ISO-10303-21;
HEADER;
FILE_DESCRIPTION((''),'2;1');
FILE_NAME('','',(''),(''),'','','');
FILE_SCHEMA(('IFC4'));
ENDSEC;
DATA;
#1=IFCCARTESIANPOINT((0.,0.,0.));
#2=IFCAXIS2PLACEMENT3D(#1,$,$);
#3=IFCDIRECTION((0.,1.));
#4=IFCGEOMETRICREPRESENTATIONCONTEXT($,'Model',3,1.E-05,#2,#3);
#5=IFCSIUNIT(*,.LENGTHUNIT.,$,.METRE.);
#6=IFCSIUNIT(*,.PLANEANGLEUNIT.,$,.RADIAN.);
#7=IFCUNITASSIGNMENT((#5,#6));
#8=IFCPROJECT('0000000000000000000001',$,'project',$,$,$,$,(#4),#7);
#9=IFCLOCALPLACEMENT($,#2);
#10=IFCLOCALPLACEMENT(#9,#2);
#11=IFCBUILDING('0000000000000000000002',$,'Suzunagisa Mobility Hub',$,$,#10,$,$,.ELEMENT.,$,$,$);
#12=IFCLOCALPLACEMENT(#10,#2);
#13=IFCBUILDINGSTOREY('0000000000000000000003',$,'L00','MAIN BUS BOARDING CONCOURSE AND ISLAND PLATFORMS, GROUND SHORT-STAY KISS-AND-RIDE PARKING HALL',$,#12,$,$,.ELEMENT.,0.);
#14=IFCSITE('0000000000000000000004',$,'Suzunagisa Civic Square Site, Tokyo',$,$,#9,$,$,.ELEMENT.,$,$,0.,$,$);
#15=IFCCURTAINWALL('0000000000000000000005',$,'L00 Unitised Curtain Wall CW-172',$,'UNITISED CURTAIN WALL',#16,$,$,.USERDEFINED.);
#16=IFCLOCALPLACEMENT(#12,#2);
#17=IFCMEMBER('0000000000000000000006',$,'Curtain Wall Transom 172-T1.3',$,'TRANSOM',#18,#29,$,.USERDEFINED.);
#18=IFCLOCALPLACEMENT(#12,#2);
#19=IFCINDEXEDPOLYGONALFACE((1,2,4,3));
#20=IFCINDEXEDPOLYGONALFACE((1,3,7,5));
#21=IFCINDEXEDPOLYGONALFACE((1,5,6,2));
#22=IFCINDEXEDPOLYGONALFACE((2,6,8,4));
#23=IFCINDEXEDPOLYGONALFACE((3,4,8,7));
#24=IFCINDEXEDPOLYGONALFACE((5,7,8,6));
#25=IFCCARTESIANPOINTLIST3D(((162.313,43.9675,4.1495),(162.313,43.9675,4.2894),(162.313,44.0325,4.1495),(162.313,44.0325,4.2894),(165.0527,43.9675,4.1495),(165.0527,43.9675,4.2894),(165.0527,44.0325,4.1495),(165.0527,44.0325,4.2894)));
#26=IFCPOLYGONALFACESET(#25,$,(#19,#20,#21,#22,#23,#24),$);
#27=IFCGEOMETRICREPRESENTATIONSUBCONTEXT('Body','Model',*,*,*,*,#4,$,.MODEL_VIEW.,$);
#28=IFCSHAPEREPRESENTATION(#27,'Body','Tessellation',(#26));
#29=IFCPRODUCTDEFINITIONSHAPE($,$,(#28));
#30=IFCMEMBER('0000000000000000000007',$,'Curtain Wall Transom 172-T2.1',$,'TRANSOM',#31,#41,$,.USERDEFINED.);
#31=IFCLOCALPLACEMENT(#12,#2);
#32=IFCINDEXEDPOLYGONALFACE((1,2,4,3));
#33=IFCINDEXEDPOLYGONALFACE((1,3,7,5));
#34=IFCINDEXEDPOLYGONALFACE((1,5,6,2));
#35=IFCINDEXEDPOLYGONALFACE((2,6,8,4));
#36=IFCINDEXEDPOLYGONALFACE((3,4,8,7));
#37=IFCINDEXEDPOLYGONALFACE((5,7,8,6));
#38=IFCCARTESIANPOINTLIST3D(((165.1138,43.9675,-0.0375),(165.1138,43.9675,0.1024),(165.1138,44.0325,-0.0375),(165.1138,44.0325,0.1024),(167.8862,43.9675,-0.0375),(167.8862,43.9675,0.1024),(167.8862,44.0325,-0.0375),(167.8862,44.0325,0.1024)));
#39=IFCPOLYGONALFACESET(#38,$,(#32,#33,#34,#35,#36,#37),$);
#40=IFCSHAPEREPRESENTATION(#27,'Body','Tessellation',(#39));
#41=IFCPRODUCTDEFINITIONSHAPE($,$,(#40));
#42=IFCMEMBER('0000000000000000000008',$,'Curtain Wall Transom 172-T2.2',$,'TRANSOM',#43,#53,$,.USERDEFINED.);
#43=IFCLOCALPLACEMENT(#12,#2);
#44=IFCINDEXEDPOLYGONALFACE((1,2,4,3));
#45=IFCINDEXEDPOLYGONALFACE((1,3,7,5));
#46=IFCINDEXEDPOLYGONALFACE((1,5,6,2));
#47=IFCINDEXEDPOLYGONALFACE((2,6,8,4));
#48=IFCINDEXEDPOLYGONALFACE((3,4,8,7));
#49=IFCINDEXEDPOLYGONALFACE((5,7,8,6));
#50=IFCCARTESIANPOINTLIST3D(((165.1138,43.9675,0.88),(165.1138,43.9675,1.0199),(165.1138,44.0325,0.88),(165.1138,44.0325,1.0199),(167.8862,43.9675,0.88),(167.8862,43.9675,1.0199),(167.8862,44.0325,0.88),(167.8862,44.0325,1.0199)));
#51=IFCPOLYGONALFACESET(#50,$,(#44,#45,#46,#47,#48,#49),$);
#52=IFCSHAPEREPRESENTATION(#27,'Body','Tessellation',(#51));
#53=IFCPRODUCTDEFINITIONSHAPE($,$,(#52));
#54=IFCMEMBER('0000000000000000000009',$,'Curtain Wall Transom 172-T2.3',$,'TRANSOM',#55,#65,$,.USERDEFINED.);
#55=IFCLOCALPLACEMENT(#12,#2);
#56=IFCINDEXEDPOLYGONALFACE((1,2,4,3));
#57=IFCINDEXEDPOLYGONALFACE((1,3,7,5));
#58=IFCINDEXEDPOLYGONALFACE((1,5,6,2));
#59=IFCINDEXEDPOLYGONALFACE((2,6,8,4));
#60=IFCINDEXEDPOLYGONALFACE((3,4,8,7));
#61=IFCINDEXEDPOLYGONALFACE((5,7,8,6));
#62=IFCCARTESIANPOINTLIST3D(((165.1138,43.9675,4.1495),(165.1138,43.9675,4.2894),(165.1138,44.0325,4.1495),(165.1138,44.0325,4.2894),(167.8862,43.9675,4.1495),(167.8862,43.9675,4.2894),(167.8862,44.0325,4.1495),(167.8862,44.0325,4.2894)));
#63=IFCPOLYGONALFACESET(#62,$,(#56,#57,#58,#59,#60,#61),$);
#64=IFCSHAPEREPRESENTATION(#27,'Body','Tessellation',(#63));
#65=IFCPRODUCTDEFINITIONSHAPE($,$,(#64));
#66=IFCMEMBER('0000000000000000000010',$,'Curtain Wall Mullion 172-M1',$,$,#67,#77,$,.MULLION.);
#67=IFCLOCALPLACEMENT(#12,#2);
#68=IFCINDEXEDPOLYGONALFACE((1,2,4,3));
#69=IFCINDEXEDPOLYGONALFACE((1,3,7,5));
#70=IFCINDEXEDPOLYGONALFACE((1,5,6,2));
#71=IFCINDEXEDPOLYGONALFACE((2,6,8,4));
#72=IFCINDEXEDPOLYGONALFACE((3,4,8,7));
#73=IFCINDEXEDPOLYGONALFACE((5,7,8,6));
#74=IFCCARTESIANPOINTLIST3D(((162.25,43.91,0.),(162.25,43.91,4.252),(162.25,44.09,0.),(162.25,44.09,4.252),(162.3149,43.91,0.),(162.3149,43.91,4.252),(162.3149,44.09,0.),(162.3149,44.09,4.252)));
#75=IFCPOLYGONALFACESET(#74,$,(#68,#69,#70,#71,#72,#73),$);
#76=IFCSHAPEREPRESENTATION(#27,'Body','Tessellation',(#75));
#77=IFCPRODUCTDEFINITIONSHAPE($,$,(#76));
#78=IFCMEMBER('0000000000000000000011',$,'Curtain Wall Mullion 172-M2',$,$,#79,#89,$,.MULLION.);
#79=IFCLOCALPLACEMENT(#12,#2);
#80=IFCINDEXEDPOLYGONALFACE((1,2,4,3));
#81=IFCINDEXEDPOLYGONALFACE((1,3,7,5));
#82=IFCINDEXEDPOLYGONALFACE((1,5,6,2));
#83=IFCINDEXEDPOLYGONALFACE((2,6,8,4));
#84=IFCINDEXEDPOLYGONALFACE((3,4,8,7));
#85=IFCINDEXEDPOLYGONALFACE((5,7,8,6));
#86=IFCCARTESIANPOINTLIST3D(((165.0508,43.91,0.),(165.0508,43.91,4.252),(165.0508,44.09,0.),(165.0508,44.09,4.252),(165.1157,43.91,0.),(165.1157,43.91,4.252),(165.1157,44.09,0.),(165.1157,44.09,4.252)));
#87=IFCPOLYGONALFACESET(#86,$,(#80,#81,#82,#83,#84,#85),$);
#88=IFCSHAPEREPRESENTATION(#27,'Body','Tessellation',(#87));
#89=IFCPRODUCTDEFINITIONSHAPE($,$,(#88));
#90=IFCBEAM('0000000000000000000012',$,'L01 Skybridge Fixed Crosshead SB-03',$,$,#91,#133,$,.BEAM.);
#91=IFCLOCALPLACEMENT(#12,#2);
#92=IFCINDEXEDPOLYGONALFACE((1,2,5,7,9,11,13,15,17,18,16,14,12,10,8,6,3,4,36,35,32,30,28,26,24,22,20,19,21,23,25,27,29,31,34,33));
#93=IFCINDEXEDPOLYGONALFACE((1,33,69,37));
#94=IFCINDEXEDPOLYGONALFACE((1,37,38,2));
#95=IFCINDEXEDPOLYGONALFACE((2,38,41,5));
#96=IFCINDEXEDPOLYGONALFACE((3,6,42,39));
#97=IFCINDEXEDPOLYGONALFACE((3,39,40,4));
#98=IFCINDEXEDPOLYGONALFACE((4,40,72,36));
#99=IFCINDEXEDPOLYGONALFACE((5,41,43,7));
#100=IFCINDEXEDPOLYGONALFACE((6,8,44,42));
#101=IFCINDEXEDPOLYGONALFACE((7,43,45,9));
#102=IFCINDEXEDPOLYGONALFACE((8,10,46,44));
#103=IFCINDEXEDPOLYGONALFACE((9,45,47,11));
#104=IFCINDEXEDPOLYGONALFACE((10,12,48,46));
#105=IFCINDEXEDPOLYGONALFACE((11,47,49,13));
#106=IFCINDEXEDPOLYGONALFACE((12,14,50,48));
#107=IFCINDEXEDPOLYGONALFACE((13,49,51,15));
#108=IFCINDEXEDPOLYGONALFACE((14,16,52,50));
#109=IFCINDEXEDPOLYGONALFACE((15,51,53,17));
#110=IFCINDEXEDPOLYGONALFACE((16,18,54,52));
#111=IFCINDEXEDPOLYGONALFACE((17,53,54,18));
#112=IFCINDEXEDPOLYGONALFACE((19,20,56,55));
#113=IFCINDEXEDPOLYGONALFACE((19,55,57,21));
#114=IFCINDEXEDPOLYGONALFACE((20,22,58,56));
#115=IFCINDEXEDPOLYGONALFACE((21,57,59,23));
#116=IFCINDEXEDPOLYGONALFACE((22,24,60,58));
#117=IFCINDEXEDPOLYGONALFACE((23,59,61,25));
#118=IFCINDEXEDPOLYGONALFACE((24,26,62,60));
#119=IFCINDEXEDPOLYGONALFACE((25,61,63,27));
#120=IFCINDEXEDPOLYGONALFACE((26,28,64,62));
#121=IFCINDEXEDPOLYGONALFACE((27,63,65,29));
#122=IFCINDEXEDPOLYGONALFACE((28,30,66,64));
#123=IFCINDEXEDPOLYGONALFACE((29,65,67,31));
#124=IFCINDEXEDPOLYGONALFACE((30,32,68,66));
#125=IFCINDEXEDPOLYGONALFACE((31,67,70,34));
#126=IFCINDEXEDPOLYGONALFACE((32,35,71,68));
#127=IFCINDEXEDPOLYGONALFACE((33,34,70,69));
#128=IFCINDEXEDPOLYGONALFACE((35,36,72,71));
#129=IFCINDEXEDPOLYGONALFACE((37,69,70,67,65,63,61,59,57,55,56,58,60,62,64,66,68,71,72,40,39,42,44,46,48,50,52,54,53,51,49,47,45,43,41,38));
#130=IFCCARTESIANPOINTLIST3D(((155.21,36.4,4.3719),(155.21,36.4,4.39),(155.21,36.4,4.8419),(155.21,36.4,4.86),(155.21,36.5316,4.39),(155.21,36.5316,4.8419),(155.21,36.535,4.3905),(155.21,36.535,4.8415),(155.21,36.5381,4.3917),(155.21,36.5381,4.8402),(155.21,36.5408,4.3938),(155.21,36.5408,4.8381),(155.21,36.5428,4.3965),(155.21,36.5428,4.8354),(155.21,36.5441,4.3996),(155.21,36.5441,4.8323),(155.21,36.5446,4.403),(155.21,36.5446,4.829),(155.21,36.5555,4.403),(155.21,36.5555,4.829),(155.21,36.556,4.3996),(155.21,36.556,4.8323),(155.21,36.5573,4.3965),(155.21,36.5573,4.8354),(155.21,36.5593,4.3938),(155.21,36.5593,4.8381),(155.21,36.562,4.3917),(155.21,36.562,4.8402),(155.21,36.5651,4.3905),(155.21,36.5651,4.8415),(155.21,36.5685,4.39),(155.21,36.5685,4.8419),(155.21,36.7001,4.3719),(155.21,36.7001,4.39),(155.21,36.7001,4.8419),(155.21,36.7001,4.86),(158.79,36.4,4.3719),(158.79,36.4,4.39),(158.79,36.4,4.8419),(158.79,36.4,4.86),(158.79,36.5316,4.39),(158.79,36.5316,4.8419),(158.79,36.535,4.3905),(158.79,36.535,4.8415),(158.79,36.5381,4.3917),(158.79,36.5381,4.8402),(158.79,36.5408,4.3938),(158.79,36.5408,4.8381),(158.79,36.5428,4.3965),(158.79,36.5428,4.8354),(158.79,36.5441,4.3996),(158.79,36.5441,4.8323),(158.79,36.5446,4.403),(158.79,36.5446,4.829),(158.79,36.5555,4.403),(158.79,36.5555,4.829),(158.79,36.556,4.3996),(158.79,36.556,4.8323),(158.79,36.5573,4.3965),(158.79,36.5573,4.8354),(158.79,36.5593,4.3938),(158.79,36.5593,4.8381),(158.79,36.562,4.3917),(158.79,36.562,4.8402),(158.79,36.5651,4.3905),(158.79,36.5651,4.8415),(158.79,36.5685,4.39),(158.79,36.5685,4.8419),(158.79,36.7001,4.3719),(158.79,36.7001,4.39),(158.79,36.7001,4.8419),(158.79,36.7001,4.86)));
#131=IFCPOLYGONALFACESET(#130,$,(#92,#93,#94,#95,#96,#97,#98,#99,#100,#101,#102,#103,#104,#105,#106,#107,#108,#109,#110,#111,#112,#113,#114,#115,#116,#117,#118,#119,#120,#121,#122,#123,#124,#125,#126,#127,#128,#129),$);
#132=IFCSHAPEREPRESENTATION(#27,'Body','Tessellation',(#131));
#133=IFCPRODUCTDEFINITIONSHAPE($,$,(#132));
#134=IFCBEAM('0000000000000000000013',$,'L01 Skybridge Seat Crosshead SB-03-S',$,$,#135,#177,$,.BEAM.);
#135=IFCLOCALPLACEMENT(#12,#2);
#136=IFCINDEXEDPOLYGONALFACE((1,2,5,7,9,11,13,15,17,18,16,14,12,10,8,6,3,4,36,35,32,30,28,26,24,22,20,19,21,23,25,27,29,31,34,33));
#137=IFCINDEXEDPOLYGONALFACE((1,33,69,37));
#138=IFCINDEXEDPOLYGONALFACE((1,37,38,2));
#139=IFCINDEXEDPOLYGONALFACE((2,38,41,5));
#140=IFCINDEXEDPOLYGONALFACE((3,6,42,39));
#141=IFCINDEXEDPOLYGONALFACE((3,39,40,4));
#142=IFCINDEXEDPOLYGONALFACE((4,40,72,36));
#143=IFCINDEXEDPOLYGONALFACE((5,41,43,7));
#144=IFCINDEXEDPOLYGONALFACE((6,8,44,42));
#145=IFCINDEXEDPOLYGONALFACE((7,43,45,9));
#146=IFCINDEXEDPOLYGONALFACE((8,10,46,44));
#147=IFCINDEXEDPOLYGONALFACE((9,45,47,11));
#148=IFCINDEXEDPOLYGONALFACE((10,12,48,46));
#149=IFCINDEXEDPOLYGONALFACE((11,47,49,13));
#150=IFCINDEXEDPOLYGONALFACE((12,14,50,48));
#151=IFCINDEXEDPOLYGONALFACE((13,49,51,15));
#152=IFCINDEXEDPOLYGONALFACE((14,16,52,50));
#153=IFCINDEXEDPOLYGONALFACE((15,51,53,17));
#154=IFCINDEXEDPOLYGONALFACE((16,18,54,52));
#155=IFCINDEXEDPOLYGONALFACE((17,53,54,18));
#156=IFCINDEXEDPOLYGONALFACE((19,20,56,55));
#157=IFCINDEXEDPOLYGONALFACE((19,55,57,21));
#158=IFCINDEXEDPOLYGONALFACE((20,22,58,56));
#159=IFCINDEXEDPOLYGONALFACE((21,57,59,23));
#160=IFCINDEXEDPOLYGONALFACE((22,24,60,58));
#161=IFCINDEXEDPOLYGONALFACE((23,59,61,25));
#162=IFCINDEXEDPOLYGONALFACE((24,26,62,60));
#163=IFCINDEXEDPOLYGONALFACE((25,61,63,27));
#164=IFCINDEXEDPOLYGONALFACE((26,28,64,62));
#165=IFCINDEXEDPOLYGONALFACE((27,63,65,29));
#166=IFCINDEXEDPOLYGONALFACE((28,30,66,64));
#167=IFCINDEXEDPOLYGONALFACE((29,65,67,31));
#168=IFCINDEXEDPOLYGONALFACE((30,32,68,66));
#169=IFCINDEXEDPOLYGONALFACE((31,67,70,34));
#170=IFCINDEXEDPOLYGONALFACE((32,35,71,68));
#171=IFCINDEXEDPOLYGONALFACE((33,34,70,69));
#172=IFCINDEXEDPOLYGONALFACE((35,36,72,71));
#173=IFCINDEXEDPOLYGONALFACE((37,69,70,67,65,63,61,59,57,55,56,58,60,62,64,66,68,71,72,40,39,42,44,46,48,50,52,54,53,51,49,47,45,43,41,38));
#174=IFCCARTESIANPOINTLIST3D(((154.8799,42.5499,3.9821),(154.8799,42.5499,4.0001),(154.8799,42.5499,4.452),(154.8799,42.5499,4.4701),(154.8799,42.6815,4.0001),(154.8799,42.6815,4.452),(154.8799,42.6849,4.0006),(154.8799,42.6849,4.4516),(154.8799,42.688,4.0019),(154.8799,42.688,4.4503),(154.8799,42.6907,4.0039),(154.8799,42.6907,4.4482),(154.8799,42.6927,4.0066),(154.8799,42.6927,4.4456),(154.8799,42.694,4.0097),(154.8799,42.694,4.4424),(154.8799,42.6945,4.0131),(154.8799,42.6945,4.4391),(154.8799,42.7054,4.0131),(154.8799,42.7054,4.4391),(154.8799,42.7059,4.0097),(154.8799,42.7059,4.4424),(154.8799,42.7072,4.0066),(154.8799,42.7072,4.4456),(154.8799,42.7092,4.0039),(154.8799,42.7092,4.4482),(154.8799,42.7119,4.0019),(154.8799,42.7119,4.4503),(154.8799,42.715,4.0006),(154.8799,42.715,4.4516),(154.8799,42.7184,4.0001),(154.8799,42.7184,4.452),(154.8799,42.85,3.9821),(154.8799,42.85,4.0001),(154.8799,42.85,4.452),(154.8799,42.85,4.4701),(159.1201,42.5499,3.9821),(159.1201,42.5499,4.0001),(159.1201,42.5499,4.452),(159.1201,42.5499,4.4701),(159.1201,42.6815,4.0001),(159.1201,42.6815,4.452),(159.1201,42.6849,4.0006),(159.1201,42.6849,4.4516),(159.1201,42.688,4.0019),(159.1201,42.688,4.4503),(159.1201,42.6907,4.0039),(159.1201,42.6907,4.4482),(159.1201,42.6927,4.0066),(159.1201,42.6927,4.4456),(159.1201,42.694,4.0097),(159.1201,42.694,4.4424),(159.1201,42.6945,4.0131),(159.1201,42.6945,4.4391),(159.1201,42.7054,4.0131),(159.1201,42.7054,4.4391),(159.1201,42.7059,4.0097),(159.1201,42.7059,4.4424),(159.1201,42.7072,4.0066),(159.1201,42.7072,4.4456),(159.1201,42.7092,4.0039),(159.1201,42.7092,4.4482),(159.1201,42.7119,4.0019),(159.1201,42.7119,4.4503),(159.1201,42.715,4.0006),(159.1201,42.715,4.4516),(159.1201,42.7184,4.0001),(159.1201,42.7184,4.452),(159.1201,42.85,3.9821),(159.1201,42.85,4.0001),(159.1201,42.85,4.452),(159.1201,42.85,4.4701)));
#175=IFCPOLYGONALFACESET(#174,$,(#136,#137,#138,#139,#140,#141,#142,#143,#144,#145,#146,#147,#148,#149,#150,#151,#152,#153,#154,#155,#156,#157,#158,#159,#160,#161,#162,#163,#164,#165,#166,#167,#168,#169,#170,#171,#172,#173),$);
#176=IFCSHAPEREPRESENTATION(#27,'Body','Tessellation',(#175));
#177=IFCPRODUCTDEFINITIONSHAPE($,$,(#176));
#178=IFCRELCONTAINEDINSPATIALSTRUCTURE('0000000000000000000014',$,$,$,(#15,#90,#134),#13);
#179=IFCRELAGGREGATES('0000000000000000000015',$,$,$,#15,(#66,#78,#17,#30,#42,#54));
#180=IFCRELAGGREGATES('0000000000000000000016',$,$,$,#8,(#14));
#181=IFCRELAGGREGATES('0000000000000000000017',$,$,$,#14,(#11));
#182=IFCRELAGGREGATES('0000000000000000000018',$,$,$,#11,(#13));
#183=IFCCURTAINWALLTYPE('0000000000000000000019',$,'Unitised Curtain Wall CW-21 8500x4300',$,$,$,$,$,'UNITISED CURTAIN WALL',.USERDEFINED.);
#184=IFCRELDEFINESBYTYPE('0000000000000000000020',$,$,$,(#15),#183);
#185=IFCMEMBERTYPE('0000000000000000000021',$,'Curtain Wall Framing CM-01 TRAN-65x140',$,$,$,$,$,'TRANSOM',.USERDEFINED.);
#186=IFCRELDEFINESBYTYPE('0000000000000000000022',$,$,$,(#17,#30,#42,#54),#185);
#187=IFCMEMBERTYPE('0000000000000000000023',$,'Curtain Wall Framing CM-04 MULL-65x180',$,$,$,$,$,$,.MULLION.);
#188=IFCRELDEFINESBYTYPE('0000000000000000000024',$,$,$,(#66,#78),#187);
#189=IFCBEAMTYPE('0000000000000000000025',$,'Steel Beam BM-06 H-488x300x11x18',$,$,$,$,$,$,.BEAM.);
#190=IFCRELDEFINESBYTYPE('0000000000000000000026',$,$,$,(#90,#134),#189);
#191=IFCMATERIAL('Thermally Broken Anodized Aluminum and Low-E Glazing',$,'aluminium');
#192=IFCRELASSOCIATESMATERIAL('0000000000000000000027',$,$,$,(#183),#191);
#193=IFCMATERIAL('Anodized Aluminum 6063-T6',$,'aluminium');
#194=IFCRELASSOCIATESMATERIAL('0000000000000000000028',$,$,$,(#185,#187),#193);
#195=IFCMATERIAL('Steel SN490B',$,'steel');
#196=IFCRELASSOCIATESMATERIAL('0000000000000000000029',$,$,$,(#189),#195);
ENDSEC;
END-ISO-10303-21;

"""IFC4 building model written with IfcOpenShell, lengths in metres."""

from ifc_helpers import new_model, si_unit, direction, frame, origin, origin_2d, place, context, subcontext, project, spatial, rectangle, i_section, extrude, material, material_profile, profile_set, type_object, element, aggregate, save


model = new_model("IFC4")

# Units and contexts
model_context = context("Model", 3, precision=1e-05, world=origin(), true_north=direction((0.0, 1.0)))
body_context = subcontext(model_context, "Body", "Model", "MODEL_VIEW")
ifc_project = project(units=[si_unit("LENGTHUNIT", "METRE"), si_unit("PLANEANGLEUNIT", "RADIAN")], contexts=[model_context])

# Site, building, storey
site_placement = place(None, origin())
site = spatial("IfcSite", under=ifc_project, at=site_placement, Name="Suzunagisa Civic Square Site, Tokyo", CompositionType="ELEMENT", RefElevation=0.0)
building_placement = place(site_placement, origin())
building = spatial("IfcBuilding", under=site, at=building_placement, Name="Suzunagisa Mobility Hub", CompositionType="ELEMENT")
storey_placement = place(building_placement, origin())
storey = spatial("IfcBuildingStorey", under=building, at=storey_placement, Name="L00", Description="MAIN BUS BOARDING CONCOURSE AND ISLAND PLATFORMS, GROUND SHORT-STAY KISS-AND-RIDE PARKING HALL", CompositionType="ELEMENT", Elevation=0.0)

# Shared definitions
ifc_material_1 = material(Name="Steel SN490B", Category="steel")

# Curtain wall, members
ifc_material_2 = material(Name="Thermally Broken Anodized Aluminum and Low-E Glazing", Category="aluminium")
curtain_wall_type = type_object("IfcCurtainWallType", Name="Unitised Curtain Wall CW-21 8500x4300", ElementType="UNITISED CURTAIN WALL", PredefinedType="USERDEFINED", material=ifc_material_2)
curtain_wall_placement = place(storey_placement, origin())
curtain_wall = element("IfcCurtainWall", 1, at=curtain_wall_placement, inside=storey, type_object=curtain_wall_type, Name="L00 Unitised Curtain Wall CW-172", ObjectType="UNITISED CURTAIN WALL", PredefinedType="USERDEFINED")
ifc_material_3 = material(Name="Anodized Aluminum 6063-T6", Category="aluminium")
ifc_material_profile_1 = material_profile(ifc_material_3, rectangle(XDim=0.0649, YDim=0.1399, at=origin_2d()), Name="TRAN-65x140")
ifc_profile_set_1 = profile_set([ifc_material_profile_1], Name="Anodized Aluminum 6063-T6")
member_type_1 = type_object("IfcMemberType", Name="Curtain Wall Framing CM-01 TRAN-65x140", ElementType="TRANSOM", PredefinedType="USERDEFINED", material=ifc_profile_set_1)
member_1_placement = place(storey_placement, frame((162.313, 44.0, 4.2195), z_axis=(1.0, 0.0, 0.0), x_axis=(0.0, 1.0, 0.0)))
member_1 = element("IfcMember", 2, at=member_1_placement, type_object=member_type_1, Name="Curtain Wall Transom 172-T1.3", ObjectType="TRANSOM", PredefinedType="USERDEFINED", context=body_context, shape_type="SweptSolid", body=[
    extrude(rectangle(XDim=0.0649, YDim=0.1399, at=origin_2d()), origin(), (0.0, 0.0, 1.0), 2.7397),
])
member_2_placement = place(storey_placement, frame((165.1138, 44.0, 0.0325), z_axis=(1.0, 0.0, 0.0), x_axis=(0.0, 1.0, 0.0)))
member_2 = element("IfcMember", 3, at=member_2_placement, type_object=member_type_1, Name="Curtain Wall Transom 172-T2.1", ObjectType="TRANSOM", PredefinedType="USERDEFINED", context=body_context, shape_type="SweptSolid", body=[
    extrude(rectangle(XDim=0.0649, YDim=0.1399, at=origin_2d()), origin(), (0.0, 0.0, 1.0), 2.7725),
])
member_3_placement = place(storey_placement, frame((165.1138, 44.0, 0.95), z_axis=(1.0, 0.0, 0.0), x_axis=(0.0, 1.0, 0.0)))
member_3 = element("IfcMember", 4, at=member_3_placement, type_object=member_type_1, Name="Curtain Wall Transom 172-T2.2", ObjectType="TRANSOM", PredefinedType="USERDEFINED", context=body_context, shape_type="SweptSolid", body=[
    extrude(rectangle(XDim=0.0649, YDim=0.1399, at=origin_2d()), origin(), (0.0, 0.0, 1.0), 2.7725),
])
member_4_placement = place(storey_placement, frame((165.1138, 44.0, 4.2195), z_axis=(1.0, 0.0, 0.0), x_axis=(0.0, 1.0, 0.0)))
member_4 = element("IfcMember", 5, at=member_4_placement, type_object=member_type_1, Name="Curtain Wall Transom 172-T2.3", ObjectType="TRANSOM", PredefinedType="USERDEFINED", context=body_context, shape_type="SweptSolid", body=[
    extrude(rectangle(XDim=0.0649, YDim=0.1399, at=origin_2d()), origin(), (0.0, 0.0, 1.0), 2.7725),
])
ifc_material_profile_2 = material_profile(ifc_material_3, rectangle(XDim=0.0649, YDim=0.1799, at=origin_2d()), Name="MULL-65x180")
ifc_profile_set_2 = profile_set([ifc_material_profile_2], Name="Anodized Aluminum 6063-T6")
member_type_2 = type_object("IfcMemberType", Name="Curtain Wall Framing CM-04 MULL-65x180", PredefinedType="MULLION", material=ifc_profile_set_2)
member_5_placement = place(storey_placement, frame((162.2825, 44.0, 0.0), z_axis=(0.0, 0.0, 1.0), x_axis=(1.0, 0.0, 0.0)))
member_5 = element("IfcMember", 6, at=member_5_placement, type_object=member_type_2, Name="Curtain Wall Mullion 172-M1", PredefinedType="MULLION", context=body_context, shape_type="SweptSolid", body=[
    extrude(rectangle(XDim=0.0649, YDim=0.1799, at=origin_2d()), origin(), (0.0, 0.0, 1.0), 4.252),
])
member_6_placement = place(storey_placement, frame((165.0833, 44.0, 0.0), z_axis=(0.0, 0.0, 1.0), x_axis=(1.0, 0.0, 0.0)))
member_6 = element("IfcMember", 7, at=member_6_placement, type_object=member_type_2, Name="Curtain Wall Mullion 172-M2", PredefinedType="MULLION", context=body_context, shape_type="SweptSolid", body=[
    extrude(rectangle(XDim=0.0649, YDim=0.1799, at=origin_2d()), origin(), (0.0, 0.0, 1.0), 4.252),
])

# Beams
ifc_material_profile_3 = material_profile(ifc_material_1, i_section(OverallWidth=0.3, OverallDepth=0.488, WebThickness=0.011, FlangeThickness=0.0181, FilletRadius=0.0129, at=origin_2d()), Name="H-488x300x11x18")
ifc_profile_set_3 = profile_set([ifc_material_profile_3], Name="Steel SN490B")
beam_type_1 = type_object("IfcBeamType", Name="Steel Beam BM-06 H-488x300x11x18", PredefinedType="BEAM", material=ifc_profile_set_3)
beam_1_placement = place(storey_placement, frame((155.21, 36.55, 4.616), z_axis=(1.0, 0.0, 0.0), x_axis=(0.0, 1.0, 0.0)))
element("IfcBeam", 8, at=beam_1_placement, inside=storey, type_object=beam_type_1, Name="L01 Skybridge Fixed Crosshead SB-03", PredefinedType="BEAM", context=body_context, shape_type="SweptSolid", body=[
    extrude(i_section(OverallWidth=0.3, OverallDepth=0.488, WebThickness=0.011, FlangeThickness=0.0181, FilletRadius=0.0129, at=origin_2d()), origin(), (0.0, 0.0, 1.0), 3.5801),
])
for number, where, z_axis, x_axis, name in (
    (9, (154.8799, 42.7, 4.2261), (1.0, 0.0, 0.0), (0.0, 1.0, 0.0), "L01 Skybridge Seat Crosshead SB-03-S"),
):
    element("IfcBeam", number, at=place(storey_placement, frame(where, z_axis=z_axis, x_axis=x_axis)), inside=storey, type_object=beam_type_1, Name=name, PredefinedType="BEAM", context=body_context, shape_type="SweptSolid", body=[
        extrude(i_section(OverallWidth=0.3, OverallDepth=0.488, WebThickness=0.011, FlangeThickness=0.0181, FilletRadius=0.0129, at=origin_2d()), origin(), (0.0, 0.0, 1.0), 4.2402),
    ])

aggregate(curtain_wall, [member_5, member_6, member_1, member_2, member_3, member_4])

save(model, "model.ifc")
